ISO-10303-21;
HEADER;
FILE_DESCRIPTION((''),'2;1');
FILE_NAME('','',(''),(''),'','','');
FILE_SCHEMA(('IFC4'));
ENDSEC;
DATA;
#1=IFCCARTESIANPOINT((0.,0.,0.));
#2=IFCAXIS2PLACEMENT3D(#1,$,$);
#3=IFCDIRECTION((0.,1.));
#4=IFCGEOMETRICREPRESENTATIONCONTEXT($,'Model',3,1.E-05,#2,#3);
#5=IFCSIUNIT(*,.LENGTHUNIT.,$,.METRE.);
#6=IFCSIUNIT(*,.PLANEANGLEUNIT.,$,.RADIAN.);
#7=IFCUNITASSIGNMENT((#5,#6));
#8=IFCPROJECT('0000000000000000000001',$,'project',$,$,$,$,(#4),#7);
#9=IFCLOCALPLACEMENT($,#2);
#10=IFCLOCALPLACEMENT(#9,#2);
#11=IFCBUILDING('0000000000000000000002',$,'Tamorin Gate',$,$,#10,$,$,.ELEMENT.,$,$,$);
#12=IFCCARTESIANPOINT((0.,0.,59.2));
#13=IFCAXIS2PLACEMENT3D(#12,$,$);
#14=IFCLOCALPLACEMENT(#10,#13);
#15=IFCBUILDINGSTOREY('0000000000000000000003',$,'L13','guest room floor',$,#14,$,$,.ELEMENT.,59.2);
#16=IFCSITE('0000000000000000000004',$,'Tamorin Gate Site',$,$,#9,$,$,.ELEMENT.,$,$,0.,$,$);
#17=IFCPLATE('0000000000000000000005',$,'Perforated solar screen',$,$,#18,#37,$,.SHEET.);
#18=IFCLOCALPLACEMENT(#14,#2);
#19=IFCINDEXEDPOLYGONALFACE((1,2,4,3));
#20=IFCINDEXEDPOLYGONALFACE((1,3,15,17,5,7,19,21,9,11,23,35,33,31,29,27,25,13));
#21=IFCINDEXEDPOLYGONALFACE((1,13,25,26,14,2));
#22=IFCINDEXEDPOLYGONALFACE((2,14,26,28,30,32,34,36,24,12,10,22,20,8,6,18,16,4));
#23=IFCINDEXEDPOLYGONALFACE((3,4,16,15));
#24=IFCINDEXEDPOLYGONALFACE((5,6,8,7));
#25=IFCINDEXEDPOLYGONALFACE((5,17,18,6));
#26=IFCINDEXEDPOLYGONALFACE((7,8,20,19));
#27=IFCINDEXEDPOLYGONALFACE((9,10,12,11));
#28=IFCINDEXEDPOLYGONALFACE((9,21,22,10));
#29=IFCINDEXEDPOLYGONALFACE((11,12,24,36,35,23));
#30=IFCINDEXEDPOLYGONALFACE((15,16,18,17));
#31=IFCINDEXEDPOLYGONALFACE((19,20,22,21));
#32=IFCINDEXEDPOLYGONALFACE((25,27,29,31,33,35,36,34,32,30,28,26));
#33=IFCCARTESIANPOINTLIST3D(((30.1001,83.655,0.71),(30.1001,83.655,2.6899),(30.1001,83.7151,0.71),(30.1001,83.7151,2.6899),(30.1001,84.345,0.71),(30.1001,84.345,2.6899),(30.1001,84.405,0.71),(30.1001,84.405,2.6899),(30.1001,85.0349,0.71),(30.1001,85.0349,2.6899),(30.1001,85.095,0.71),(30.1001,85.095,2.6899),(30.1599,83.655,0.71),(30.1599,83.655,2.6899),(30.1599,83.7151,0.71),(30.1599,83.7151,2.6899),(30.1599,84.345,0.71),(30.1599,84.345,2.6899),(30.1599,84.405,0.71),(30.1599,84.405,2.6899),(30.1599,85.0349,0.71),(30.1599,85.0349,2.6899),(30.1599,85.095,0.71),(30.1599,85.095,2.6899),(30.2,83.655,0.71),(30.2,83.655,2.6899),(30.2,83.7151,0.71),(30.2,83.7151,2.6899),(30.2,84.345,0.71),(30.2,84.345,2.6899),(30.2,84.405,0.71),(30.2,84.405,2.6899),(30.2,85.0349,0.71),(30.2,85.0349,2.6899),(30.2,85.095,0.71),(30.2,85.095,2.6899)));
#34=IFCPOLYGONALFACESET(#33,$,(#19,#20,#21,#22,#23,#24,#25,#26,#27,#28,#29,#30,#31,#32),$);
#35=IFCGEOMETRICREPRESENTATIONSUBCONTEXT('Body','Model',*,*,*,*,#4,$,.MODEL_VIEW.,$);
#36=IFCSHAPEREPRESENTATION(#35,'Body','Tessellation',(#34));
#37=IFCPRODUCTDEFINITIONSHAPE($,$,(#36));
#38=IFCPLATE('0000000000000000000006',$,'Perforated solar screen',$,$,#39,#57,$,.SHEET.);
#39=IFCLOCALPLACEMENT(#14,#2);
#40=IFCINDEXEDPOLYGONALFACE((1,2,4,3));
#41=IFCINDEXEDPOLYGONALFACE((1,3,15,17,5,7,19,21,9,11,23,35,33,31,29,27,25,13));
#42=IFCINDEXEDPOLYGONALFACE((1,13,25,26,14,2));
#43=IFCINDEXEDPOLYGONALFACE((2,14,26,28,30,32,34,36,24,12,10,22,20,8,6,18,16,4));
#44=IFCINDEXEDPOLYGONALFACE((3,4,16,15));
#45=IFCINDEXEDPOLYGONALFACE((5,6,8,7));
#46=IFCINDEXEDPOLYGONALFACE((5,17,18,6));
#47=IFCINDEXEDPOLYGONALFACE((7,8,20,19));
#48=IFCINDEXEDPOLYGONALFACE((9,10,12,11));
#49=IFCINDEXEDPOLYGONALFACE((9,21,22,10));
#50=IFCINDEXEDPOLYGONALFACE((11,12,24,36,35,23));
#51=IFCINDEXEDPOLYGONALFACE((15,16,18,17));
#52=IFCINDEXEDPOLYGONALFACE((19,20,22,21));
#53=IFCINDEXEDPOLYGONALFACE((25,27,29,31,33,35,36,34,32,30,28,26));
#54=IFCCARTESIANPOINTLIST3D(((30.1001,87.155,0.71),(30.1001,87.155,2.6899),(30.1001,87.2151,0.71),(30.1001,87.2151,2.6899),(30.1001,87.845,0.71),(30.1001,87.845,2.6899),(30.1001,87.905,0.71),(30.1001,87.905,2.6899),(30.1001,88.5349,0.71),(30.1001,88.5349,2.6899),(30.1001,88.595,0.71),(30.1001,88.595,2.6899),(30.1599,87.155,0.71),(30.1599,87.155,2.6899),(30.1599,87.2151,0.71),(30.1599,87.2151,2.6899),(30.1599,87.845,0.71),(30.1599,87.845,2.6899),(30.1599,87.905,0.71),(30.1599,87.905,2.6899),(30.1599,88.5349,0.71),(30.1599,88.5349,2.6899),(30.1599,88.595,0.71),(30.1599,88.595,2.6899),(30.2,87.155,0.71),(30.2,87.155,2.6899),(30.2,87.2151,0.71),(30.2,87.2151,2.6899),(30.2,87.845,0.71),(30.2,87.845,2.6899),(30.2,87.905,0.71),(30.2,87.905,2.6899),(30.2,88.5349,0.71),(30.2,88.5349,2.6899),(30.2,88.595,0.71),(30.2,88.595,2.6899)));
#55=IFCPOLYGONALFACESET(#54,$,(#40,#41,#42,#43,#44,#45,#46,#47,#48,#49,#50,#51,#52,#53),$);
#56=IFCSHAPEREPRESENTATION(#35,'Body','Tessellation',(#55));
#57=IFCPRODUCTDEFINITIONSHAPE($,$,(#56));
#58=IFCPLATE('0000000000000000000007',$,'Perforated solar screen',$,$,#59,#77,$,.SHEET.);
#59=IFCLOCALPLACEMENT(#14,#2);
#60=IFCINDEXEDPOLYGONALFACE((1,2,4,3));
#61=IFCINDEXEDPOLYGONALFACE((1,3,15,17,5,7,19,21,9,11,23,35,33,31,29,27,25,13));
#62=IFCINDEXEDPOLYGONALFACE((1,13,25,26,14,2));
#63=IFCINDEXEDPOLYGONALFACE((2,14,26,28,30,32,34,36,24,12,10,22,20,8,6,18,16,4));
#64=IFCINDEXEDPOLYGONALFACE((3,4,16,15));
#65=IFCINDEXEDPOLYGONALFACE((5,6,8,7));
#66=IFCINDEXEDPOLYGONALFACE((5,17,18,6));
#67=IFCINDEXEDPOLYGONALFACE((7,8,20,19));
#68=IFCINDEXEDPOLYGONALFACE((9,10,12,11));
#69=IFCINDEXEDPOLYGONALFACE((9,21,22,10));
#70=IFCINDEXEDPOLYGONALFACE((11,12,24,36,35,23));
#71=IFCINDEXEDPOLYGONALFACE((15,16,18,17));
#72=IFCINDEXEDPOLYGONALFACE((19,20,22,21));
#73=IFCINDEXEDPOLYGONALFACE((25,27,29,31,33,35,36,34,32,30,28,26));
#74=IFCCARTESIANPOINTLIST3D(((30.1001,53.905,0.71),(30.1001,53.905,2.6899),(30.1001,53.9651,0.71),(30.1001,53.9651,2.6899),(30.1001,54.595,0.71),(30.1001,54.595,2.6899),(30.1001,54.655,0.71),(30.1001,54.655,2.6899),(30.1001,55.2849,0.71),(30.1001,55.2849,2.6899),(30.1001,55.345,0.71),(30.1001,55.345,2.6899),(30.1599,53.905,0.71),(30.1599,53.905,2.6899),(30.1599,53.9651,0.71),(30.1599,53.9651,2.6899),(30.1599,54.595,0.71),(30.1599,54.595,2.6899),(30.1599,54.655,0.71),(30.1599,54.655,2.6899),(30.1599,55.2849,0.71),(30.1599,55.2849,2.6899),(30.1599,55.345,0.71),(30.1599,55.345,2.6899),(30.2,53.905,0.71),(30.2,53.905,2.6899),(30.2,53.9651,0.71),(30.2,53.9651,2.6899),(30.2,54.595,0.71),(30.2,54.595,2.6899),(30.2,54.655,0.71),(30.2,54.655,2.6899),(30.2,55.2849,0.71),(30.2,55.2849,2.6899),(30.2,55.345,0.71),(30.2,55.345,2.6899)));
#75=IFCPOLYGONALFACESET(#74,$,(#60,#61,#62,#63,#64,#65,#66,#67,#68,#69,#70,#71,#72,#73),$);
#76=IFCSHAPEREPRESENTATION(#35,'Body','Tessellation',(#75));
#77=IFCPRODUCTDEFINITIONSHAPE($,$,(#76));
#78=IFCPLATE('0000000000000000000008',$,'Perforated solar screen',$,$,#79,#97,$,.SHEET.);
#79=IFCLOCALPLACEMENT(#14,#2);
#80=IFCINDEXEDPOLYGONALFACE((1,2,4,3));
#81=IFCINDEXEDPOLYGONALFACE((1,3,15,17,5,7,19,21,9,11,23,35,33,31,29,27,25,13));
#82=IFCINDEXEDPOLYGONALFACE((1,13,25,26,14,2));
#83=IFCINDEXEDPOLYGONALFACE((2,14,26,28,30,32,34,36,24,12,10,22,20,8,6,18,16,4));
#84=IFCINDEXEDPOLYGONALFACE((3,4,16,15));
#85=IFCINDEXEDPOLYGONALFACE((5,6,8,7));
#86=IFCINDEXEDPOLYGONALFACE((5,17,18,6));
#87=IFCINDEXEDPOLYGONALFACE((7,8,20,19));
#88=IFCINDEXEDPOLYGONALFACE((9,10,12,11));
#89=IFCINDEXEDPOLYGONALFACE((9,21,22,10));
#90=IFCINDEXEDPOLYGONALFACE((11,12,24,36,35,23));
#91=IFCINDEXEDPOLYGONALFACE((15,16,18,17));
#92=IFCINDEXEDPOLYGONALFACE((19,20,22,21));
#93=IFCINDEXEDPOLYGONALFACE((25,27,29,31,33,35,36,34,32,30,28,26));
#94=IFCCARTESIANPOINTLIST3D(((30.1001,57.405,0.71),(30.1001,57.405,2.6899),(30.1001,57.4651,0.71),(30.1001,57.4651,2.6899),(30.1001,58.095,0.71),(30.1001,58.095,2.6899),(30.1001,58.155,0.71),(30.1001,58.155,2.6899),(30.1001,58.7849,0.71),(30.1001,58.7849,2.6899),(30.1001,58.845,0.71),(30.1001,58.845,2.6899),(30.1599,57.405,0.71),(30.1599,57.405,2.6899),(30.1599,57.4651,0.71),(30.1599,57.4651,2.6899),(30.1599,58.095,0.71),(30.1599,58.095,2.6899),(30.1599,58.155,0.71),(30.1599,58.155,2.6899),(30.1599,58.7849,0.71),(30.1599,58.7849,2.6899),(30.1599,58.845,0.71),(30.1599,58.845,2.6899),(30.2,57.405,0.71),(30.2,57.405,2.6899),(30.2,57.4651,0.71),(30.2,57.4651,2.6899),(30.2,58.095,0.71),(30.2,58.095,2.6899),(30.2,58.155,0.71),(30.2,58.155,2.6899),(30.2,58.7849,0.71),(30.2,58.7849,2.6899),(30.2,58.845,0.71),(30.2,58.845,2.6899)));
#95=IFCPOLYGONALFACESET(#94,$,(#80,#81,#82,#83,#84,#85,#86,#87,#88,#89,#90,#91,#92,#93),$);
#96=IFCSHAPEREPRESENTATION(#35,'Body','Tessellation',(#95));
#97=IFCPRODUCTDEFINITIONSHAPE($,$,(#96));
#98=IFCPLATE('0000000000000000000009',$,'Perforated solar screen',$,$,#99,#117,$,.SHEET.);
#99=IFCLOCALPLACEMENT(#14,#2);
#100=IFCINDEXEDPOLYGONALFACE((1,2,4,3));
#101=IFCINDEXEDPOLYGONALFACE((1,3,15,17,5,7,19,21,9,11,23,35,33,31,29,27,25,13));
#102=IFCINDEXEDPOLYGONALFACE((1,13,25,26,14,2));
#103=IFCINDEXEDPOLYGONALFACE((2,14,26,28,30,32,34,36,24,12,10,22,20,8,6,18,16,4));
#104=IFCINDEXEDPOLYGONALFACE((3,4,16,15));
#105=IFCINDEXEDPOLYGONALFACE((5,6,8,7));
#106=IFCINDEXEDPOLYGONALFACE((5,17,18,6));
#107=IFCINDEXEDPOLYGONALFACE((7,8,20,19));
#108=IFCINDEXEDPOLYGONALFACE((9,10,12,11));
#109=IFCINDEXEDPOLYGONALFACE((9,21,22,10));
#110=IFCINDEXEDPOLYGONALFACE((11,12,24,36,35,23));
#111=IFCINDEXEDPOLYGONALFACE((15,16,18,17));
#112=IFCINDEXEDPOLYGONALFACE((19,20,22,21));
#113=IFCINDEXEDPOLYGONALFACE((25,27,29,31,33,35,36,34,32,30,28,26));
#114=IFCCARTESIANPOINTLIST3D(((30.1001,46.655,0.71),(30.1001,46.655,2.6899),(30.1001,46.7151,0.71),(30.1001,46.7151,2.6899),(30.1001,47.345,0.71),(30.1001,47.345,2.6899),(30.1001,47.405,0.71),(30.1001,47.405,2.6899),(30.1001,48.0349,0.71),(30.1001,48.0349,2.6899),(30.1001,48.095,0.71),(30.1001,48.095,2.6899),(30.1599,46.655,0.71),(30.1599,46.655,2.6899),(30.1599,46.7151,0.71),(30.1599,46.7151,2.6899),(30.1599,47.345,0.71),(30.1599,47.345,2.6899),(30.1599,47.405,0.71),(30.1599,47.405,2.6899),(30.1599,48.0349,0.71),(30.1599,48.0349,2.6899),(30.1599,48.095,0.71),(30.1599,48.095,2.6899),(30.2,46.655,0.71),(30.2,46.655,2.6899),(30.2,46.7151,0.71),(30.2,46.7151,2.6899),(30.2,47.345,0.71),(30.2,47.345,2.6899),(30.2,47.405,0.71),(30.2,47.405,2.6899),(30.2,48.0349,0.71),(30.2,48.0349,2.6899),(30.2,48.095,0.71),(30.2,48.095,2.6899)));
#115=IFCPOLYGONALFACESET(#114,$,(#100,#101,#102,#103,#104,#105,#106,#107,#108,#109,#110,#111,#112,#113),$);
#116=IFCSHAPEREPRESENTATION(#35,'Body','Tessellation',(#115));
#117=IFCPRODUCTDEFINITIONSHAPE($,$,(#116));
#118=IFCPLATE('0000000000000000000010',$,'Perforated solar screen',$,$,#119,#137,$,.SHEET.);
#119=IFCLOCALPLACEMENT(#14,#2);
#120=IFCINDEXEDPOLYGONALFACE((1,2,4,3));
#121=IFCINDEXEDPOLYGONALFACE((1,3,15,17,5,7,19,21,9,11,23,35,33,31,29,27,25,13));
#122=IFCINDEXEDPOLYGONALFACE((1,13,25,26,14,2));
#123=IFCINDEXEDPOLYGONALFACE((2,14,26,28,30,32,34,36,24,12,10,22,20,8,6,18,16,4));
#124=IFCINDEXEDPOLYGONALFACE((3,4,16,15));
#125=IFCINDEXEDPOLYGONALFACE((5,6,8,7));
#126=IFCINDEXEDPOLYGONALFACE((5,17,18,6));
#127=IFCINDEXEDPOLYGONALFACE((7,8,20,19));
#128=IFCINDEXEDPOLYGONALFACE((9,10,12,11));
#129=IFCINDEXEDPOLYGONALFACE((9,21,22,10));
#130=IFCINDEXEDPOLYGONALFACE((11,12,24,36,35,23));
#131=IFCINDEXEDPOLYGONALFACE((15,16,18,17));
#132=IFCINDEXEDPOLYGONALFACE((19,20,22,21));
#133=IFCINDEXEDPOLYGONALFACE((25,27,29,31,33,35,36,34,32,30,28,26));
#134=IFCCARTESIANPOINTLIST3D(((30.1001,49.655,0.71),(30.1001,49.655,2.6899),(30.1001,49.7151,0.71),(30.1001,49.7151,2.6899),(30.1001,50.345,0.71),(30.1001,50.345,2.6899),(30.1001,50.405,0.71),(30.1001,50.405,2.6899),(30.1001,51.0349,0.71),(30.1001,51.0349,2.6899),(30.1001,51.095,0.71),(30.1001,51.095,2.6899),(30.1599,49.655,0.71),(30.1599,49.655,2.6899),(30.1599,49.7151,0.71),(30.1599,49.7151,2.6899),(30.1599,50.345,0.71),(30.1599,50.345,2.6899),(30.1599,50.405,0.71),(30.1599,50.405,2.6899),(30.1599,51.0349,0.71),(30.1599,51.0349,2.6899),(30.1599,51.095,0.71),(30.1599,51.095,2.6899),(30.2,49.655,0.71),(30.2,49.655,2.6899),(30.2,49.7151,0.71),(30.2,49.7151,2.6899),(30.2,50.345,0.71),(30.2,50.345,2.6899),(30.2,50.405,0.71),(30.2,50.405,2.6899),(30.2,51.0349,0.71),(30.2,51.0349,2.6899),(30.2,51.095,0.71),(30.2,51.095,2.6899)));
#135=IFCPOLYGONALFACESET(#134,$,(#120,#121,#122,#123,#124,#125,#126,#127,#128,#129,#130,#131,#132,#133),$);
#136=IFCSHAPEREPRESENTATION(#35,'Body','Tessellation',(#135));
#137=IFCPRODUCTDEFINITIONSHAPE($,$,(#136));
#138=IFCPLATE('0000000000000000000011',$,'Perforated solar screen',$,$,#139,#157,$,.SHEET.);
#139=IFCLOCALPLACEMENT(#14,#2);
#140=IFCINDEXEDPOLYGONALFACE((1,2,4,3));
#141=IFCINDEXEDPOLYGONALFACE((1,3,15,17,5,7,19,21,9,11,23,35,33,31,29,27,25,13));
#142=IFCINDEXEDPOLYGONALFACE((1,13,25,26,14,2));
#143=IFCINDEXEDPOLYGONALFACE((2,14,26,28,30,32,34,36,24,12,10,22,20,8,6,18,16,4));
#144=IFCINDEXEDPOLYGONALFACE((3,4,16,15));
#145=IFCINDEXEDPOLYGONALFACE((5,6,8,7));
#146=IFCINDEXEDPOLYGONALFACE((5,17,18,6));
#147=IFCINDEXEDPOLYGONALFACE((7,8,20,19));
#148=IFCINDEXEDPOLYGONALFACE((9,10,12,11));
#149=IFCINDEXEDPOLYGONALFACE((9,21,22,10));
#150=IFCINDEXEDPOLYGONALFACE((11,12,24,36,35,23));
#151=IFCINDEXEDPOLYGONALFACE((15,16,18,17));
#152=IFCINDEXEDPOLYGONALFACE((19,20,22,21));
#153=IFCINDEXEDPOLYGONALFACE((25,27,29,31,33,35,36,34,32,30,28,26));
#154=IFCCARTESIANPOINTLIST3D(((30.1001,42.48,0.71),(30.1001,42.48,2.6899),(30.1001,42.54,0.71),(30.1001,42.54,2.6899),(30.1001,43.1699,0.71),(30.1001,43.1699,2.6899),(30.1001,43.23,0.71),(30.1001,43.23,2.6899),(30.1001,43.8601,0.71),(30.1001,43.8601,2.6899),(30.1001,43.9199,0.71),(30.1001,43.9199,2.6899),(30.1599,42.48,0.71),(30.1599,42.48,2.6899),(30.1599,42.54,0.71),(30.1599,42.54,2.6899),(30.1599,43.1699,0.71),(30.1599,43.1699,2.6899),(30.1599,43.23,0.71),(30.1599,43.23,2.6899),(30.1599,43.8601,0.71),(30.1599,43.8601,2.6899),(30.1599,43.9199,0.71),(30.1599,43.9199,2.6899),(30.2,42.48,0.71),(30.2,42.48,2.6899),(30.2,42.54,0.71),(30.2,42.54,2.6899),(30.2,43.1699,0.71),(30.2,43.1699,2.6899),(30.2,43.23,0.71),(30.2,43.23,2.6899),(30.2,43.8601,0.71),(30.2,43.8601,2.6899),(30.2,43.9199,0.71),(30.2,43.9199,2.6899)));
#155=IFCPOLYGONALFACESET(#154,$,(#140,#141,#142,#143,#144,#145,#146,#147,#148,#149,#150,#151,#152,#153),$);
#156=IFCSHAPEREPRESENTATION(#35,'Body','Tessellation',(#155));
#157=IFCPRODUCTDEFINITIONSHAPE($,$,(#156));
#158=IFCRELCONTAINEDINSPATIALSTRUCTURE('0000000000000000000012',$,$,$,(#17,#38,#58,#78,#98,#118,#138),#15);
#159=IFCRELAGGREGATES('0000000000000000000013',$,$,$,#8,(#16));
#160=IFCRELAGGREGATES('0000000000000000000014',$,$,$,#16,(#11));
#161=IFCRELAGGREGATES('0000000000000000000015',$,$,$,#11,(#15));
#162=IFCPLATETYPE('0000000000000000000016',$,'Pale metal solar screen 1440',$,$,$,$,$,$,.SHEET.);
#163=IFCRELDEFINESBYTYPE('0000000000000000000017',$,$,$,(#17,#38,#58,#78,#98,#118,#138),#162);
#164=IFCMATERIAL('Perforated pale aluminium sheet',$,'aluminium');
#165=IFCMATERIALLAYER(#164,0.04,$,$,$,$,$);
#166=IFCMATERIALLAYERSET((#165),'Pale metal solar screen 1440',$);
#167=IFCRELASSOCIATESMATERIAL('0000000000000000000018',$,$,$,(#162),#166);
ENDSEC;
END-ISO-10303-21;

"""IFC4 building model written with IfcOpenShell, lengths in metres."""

from ifc_helpers import new_model, si_unit, direction, frame, origin, place, context, subcontext, project, spatial, polyline, outline, extrude, material, layer, layer_set, type_object, element, save


model = new_model("IFC4")

# Units and contexts
model_context = context("Model", 3, precision=1e-05, world=origin(), true_north=direction((0.0, 1.0)))
body_context = subcontext(model_context, "Body", "Model", "MODEL_VIEW")
ifc_project = project(units=[si_unit("LENGTHUNIT", "METRE"), si_unit("PLANEANGLEUNIT", "RADIAN")], contexts=[model_context])

# Site, building, storey
site_placement = place(None, origin())
site = spatial("IfcSite", under=ifc_project, at=site_placement, Name="Tamorin Gate Site", CompositionType="ELEMENT", RefElevation=0.0)
building_placement = place(site_placement, origin())
building = spatial("IfcBuilding", under=site, at=building_placement, Name="Tamorin Gate", CompositionType="ELEMENT")
storey_placement = place(building_placement, frame((0.0, 0.0, 59.2)))
storey = spatial("IfcBuildingStorey", under=building, at=storey_placement, Name="L13", Description="guest room floor", CompositionType="ELEMENT", Elevation=59.2)

# Plates
ifc_material_1 = material(Name="Perforated pale aluminium sheet", Category="aluminium")
ifc_layer_1 = layer(ifc_material_1, 0.04)
ifc_layer_set_1 = layer_set([ifc_layer_1], Name="Pale metal solar screen 1440")
plate_type = type_object("IfcPlateType", Name="Pale metal solar screen 1440", PredefinedType="SHEET", material=ifc_layer_set_1)
plate_1_placement = place(storey_placement, frame((0.0, 0.0, 0.71)))
element("IfcPlate", 1, at=plate_1_placement, inside=storey, type_object=plate_type, Name="Perforated solar screen", PredefinedType="SHEET", context=body_context, shape_type="SweptSolid", body=[
    extrude(outline(polyline([(30.1599, 85.095), (30.2, 85.095), (30.2, 85.0349), (30.2, 84.405), (30.2, 84.345), (30.2, 83.7151), (30.2, 83.655), (30.1599, 83.655), (30.1001, 83.655), (30.1001, 83.7151), (30.1599, 83.7151), (30.1599, 84.345), (30.1001, 84.345), (30.1001, 84.405), (30.1599, 84.405), (30.1599, 85.0349), (30.1001, 85.0349), (30.1001, 85.095), (30.1599, 85.095)])), origin(), (0.0, 0.0, 1.0), 1.98),
])
plate_2_placement = place(storey_placement, frame((0.0, 0.0, 0.71)))
element("IfcPlate", 2, at=plate_2_placement, inside=storey, type_object=plate_type, Name="Perforated solar screen", PredefinedType="SHEET", context=body_context, shape_type="SweptSolid", body=[
    extrude(outline(polyline([(30.1599, 88.595), (30.2, 88.595), (30.2, 88.5349), (30.2, 87.905), (30.2, 87.845), (30.2, 87.2151), (30.2, 87.155), (30.1599, 87.155), (30.1001, 87.155), (30.1001, 87.2151), (30.1599, 87.2151), (30.1599, 87.845), (30.1001, 87.845), (30.1001, 87.905), (30.1599, 87.905), (30.1599, 88.5349), (30.1001, 88.5349), (30.1001, 88.595), (30.1599, 88.595)])), origin(), (0.0, 0.0, 1.0), 1.98),
])
plate_3_placement = place(storey_placement, frame((0.0, 0.0, 0.71)))
element("IfcPlate", 3, at=plate_3_placement, inside=storey, type_object=plate_type, Name="Perforated solar screen", PredefinedType="SHEET", context=body_context, shape_type="SweptSolid", body=[
    extrude(outline(polyline([(30.1599, 55.345), (30.2, 55.345), (30.2, 55.2849), (30.2, 54.655), (30.2, 54.595), (30.2, 53.9651), (30.2, 53.905), (30.1599, 53.905), (30.1001, 53.905), (30.1001, 53.9651), (30.1599, 53.9651), (30.1599, 54.595), (30.1001, 54.595), (30.1001, 54.655), (30.1599, 54.655), (30.1599, 55.2849), (30.1001, 55.2849), (30.1001, 55.345), (30.1599, 55.345)])), origin(), (0.0, 0.0, 1.0), 1.98),
])
plate_4_placement = place(storey_placement, frame((0.0, 0.0, 0.71)))
element("IfcPlate", 4, at=plate_4_placement, inside=storey, type_object=plate_type, Name="Perforated solar screen", PredefinedType="SHEET", context=body_context, shape_type="SweptSolid", body=[
    extrude(outline(polyline([(30.1599, 58.845), (30.2, 58.845), (30.2, 58.7849), (30.2, 58.155), (30.2, 58.095), (30.2, 57.4651), (30.2, 57.405), (30.1599, 57.405), (30.1001, 57.405), (30.1001, 57.4651), (30.1599, 57.4651), (30.1599, 58.095), (30.1001, 58.095), (30.1001, 58.155), (30.1599, 58.155), (30.1599, 58.7849), (30.1001, 58.7849), (30.1001, 58.845), (30.1599, 58.845)])), origin(), (0.0, 0.0, 1.0), 1.98),
])
plate_5_placement = place(storey_placement, frame((0.0, 0.0, 0.71)))
element("IfcPlate", 5, at=plate_5_placement, inside=storey, type_object=plate_type, Name="Perforated solar screen", PredefinedType="SHEET", context=body_context, shape_type="SweptSolid", body=[
    extrude(outline(polyline([(30.1599, 48.095), (30.2, 48.095), (30.2, 48.0349), (30.2, 47.405), (30.2, 47.345), (30.2, 46.7151), (30.2, 46.655), (30.1599, 46.655), (30.1001, 46.655), (30.1001, 46.7151), (30.1599, 46.7151), (30.1599, 47.345), (30.1001, 47.345), (30.1001, 47.405), (30.1599, 47.405), (30.1599, 48.0349), (30.1001, 48.0349), (30.1001, 48.095), (30.1599, 48.095)])), origin(), (0.0, 0.0, 1.0), 1.98),
])
plate_6_placement = place(storey_placement, frame((0.0, 0.0, 0.71)))
element("IfcPlate", 6, at=plate_6_placement, inside=storey, type_object=plate_type, Name="Perforated solar screen", PredefinedType="SHEET", context=body_context, shape_type="SweptSolid", body=[
    extrude(outline(polyline([(30.1599, 51.095), (30.2, 51.095), (30.2, 51.0349), (30.2, 50.405), (30.2, 50.345), (30.2, 49.7151), (30.2, 49.655), (30.1599, 49.655), (30.1001, 49.655), (30.1001, 49.7151), (30.1599, 49.7151), (30.1599, 50.345), (30.1001, 50.345), (30.1001, 50.405), (30.1599, 50.405), (30.1599, 51.0349), (30.1001, 51.0349), (30.1001, 51.095), (30.1599, 51.095)])), origin(), (0.0, 0.0, 1.0), 1.98),
])
plate_7_placement = place(storey_placement, frame((0.0, 0.0, 0.71)))
element("IfcPlate", 7, at=plate_7_placement, inside=storey, type_object=plate_type, Name="Perforated solar screen", PredefinedType="SHEET", context=body_context, shape_type="SweptSolid", body=[
    extrude(outline(polyline([(30.1599, 43.9199), (30.2, 43.9199), (30.2, 43.8601), (30.2, 43.23), (30.2, 43.1699), (30.2, 42.54), (30.2, 42.48), (30.1599, 42.48), (30.1001, 42.48), (30.1001, 42.54), (30.1599, 42.54), (30.1599, 43.1699), (30.1001, 43.1699), (30.1001, 43.23), (30.1599, 43.23), (30.1599, 43.8601), (30.1001, 43.8601), (30.1001, 43.9199), (30.1599, 43.9199)])), origin(), (0.0, 0.0, 1.0), 1.98),
])

save(model, "model.ifc")
